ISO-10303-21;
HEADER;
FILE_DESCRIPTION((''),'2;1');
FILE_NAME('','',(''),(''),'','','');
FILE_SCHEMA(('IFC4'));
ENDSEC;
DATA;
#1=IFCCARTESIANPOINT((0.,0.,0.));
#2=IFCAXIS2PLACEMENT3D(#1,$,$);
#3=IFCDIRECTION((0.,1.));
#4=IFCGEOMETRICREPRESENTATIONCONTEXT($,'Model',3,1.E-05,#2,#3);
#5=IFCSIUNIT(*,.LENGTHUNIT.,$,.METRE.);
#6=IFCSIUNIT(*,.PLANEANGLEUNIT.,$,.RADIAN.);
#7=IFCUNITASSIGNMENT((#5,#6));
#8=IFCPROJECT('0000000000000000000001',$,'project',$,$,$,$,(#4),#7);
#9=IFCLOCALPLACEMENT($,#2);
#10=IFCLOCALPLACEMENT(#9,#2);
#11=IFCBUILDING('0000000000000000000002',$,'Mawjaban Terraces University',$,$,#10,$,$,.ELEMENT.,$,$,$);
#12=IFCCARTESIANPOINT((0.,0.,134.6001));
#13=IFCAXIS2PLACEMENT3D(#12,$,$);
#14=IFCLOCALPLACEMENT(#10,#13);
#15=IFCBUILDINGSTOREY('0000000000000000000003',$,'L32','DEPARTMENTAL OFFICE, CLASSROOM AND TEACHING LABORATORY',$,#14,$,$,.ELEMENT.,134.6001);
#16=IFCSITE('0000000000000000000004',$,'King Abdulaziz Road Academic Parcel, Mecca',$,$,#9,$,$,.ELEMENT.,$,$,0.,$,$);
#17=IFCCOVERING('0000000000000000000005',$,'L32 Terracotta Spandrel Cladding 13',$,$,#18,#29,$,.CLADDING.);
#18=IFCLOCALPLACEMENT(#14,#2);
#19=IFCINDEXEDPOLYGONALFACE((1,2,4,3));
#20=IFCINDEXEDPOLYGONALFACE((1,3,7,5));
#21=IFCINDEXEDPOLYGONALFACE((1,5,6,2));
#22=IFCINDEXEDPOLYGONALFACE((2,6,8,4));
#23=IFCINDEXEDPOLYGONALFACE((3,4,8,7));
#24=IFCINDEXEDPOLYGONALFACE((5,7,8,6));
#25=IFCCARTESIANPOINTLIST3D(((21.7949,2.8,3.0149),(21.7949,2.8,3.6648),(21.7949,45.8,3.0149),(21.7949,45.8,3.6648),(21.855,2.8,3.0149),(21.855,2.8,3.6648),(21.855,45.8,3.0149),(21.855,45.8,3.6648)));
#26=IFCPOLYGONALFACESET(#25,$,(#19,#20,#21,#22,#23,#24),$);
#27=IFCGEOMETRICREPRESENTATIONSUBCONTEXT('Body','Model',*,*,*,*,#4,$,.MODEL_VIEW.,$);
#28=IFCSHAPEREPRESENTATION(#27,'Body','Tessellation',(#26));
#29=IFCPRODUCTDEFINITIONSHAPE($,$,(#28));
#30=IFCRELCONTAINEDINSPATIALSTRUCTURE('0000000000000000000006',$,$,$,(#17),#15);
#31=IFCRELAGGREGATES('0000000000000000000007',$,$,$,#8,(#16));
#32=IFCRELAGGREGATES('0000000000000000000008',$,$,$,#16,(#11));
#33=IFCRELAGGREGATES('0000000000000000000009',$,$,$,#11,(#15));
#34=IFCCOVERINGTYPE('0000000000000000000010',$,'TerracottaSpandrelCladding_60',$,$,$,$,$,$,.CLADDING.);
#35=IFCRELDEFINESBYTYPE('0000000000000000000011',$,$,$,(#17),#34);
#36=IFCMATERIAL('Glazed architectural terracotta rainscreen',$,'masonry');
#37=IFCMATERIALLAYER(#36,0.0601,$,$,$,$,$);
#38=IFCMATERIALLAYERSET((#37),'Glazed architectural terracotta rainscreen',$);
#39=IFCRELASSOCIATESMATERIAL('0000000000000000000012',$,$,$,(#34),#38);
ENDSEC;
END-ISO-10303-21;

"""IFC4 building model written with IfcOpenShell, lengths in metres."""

from ifc_helpers import new_model, si_unit, direction, frame, origin, origin_2d, place, context, subcontext, project, spatial, rectangle, extrude, material, layer, layer_set, type_object, element, save


model = new_model("IFC4")

# Units and contexts
model_context = context("Model", 3, precision=1e-05, world=origin(), true_north=direction((0.0, 1.0)))
body_context = subcontext(model_context, "Body", "Model", "MODEL_VIEW")
ifc_project = project(units=[si_unit("LENGTHUNIT", "METRE"), si_unit("PLANEANGLEUNIT", "RADIAN")], contexts=[model_context])

# Site, building, storey
site_placement = place(None, origin())
site = spatial("IfcSite", under=ifc_project, at=site_placement, Name="King Abdulaziz Road Academic Parcel, Mecca", CompositionType="ELEMENT", RefElevation=0.0)
building_placement = place(site_placement, origin())
building = spatial("IfcBuilding", under=site, at=building_placement, Name="Mawjaban Terraces University", CompositionType="ELEMENT")
storey_placement = place(building_placement, frame((0.0, 0.0, 134.6001)))
storey = spatial("IfcBuildingStorey", under=building, at=storey_placement, Name="L32", Description="DEPARTMENTAL OFFICE, CLASSROOM AND TEACHING LABORATORY", CompositionType="ELEMENT", Elevation=134.6001)

# Covering
ifc_material_1 = material(Name="Glazed architectural terracotta rainscreen", Category="masonry")
ifc_layer_1 = layer(ifc_material_1, 0.0601)
ifc_layer_set_1 = layer_set([ifc_layer_1], Name="Glazed architectural terracotta rainscreen")
covering_type = type_object("IfcCoveringType", Name="TerracottaSpandrelCladding_60", PredefinedType="CLADDING", material=ifc_layer_set_1)
covering_placement = place(storey_placement, frame((21.825, 24.3, 3.0149), z_axis=(0.0, 0.0, 1.0), x_axis=(0.0, -1.0, 0.0)))
element("IfcCovering", 1, at=covering_placement, inside=storey, type_object=covering_type, Name="L32 Terracotta Spandrel Cladding 13", PredefinedType="CLADDING", context=body_context, shape_type="SweptSolid", body=[
    extrude(rectangle(XDim=43.0, YDim=0.0601, at=origin_2d()), origin(), (0.0, 0.0, 1.0), 0.6499),
])

save(model, "model.ifc")
